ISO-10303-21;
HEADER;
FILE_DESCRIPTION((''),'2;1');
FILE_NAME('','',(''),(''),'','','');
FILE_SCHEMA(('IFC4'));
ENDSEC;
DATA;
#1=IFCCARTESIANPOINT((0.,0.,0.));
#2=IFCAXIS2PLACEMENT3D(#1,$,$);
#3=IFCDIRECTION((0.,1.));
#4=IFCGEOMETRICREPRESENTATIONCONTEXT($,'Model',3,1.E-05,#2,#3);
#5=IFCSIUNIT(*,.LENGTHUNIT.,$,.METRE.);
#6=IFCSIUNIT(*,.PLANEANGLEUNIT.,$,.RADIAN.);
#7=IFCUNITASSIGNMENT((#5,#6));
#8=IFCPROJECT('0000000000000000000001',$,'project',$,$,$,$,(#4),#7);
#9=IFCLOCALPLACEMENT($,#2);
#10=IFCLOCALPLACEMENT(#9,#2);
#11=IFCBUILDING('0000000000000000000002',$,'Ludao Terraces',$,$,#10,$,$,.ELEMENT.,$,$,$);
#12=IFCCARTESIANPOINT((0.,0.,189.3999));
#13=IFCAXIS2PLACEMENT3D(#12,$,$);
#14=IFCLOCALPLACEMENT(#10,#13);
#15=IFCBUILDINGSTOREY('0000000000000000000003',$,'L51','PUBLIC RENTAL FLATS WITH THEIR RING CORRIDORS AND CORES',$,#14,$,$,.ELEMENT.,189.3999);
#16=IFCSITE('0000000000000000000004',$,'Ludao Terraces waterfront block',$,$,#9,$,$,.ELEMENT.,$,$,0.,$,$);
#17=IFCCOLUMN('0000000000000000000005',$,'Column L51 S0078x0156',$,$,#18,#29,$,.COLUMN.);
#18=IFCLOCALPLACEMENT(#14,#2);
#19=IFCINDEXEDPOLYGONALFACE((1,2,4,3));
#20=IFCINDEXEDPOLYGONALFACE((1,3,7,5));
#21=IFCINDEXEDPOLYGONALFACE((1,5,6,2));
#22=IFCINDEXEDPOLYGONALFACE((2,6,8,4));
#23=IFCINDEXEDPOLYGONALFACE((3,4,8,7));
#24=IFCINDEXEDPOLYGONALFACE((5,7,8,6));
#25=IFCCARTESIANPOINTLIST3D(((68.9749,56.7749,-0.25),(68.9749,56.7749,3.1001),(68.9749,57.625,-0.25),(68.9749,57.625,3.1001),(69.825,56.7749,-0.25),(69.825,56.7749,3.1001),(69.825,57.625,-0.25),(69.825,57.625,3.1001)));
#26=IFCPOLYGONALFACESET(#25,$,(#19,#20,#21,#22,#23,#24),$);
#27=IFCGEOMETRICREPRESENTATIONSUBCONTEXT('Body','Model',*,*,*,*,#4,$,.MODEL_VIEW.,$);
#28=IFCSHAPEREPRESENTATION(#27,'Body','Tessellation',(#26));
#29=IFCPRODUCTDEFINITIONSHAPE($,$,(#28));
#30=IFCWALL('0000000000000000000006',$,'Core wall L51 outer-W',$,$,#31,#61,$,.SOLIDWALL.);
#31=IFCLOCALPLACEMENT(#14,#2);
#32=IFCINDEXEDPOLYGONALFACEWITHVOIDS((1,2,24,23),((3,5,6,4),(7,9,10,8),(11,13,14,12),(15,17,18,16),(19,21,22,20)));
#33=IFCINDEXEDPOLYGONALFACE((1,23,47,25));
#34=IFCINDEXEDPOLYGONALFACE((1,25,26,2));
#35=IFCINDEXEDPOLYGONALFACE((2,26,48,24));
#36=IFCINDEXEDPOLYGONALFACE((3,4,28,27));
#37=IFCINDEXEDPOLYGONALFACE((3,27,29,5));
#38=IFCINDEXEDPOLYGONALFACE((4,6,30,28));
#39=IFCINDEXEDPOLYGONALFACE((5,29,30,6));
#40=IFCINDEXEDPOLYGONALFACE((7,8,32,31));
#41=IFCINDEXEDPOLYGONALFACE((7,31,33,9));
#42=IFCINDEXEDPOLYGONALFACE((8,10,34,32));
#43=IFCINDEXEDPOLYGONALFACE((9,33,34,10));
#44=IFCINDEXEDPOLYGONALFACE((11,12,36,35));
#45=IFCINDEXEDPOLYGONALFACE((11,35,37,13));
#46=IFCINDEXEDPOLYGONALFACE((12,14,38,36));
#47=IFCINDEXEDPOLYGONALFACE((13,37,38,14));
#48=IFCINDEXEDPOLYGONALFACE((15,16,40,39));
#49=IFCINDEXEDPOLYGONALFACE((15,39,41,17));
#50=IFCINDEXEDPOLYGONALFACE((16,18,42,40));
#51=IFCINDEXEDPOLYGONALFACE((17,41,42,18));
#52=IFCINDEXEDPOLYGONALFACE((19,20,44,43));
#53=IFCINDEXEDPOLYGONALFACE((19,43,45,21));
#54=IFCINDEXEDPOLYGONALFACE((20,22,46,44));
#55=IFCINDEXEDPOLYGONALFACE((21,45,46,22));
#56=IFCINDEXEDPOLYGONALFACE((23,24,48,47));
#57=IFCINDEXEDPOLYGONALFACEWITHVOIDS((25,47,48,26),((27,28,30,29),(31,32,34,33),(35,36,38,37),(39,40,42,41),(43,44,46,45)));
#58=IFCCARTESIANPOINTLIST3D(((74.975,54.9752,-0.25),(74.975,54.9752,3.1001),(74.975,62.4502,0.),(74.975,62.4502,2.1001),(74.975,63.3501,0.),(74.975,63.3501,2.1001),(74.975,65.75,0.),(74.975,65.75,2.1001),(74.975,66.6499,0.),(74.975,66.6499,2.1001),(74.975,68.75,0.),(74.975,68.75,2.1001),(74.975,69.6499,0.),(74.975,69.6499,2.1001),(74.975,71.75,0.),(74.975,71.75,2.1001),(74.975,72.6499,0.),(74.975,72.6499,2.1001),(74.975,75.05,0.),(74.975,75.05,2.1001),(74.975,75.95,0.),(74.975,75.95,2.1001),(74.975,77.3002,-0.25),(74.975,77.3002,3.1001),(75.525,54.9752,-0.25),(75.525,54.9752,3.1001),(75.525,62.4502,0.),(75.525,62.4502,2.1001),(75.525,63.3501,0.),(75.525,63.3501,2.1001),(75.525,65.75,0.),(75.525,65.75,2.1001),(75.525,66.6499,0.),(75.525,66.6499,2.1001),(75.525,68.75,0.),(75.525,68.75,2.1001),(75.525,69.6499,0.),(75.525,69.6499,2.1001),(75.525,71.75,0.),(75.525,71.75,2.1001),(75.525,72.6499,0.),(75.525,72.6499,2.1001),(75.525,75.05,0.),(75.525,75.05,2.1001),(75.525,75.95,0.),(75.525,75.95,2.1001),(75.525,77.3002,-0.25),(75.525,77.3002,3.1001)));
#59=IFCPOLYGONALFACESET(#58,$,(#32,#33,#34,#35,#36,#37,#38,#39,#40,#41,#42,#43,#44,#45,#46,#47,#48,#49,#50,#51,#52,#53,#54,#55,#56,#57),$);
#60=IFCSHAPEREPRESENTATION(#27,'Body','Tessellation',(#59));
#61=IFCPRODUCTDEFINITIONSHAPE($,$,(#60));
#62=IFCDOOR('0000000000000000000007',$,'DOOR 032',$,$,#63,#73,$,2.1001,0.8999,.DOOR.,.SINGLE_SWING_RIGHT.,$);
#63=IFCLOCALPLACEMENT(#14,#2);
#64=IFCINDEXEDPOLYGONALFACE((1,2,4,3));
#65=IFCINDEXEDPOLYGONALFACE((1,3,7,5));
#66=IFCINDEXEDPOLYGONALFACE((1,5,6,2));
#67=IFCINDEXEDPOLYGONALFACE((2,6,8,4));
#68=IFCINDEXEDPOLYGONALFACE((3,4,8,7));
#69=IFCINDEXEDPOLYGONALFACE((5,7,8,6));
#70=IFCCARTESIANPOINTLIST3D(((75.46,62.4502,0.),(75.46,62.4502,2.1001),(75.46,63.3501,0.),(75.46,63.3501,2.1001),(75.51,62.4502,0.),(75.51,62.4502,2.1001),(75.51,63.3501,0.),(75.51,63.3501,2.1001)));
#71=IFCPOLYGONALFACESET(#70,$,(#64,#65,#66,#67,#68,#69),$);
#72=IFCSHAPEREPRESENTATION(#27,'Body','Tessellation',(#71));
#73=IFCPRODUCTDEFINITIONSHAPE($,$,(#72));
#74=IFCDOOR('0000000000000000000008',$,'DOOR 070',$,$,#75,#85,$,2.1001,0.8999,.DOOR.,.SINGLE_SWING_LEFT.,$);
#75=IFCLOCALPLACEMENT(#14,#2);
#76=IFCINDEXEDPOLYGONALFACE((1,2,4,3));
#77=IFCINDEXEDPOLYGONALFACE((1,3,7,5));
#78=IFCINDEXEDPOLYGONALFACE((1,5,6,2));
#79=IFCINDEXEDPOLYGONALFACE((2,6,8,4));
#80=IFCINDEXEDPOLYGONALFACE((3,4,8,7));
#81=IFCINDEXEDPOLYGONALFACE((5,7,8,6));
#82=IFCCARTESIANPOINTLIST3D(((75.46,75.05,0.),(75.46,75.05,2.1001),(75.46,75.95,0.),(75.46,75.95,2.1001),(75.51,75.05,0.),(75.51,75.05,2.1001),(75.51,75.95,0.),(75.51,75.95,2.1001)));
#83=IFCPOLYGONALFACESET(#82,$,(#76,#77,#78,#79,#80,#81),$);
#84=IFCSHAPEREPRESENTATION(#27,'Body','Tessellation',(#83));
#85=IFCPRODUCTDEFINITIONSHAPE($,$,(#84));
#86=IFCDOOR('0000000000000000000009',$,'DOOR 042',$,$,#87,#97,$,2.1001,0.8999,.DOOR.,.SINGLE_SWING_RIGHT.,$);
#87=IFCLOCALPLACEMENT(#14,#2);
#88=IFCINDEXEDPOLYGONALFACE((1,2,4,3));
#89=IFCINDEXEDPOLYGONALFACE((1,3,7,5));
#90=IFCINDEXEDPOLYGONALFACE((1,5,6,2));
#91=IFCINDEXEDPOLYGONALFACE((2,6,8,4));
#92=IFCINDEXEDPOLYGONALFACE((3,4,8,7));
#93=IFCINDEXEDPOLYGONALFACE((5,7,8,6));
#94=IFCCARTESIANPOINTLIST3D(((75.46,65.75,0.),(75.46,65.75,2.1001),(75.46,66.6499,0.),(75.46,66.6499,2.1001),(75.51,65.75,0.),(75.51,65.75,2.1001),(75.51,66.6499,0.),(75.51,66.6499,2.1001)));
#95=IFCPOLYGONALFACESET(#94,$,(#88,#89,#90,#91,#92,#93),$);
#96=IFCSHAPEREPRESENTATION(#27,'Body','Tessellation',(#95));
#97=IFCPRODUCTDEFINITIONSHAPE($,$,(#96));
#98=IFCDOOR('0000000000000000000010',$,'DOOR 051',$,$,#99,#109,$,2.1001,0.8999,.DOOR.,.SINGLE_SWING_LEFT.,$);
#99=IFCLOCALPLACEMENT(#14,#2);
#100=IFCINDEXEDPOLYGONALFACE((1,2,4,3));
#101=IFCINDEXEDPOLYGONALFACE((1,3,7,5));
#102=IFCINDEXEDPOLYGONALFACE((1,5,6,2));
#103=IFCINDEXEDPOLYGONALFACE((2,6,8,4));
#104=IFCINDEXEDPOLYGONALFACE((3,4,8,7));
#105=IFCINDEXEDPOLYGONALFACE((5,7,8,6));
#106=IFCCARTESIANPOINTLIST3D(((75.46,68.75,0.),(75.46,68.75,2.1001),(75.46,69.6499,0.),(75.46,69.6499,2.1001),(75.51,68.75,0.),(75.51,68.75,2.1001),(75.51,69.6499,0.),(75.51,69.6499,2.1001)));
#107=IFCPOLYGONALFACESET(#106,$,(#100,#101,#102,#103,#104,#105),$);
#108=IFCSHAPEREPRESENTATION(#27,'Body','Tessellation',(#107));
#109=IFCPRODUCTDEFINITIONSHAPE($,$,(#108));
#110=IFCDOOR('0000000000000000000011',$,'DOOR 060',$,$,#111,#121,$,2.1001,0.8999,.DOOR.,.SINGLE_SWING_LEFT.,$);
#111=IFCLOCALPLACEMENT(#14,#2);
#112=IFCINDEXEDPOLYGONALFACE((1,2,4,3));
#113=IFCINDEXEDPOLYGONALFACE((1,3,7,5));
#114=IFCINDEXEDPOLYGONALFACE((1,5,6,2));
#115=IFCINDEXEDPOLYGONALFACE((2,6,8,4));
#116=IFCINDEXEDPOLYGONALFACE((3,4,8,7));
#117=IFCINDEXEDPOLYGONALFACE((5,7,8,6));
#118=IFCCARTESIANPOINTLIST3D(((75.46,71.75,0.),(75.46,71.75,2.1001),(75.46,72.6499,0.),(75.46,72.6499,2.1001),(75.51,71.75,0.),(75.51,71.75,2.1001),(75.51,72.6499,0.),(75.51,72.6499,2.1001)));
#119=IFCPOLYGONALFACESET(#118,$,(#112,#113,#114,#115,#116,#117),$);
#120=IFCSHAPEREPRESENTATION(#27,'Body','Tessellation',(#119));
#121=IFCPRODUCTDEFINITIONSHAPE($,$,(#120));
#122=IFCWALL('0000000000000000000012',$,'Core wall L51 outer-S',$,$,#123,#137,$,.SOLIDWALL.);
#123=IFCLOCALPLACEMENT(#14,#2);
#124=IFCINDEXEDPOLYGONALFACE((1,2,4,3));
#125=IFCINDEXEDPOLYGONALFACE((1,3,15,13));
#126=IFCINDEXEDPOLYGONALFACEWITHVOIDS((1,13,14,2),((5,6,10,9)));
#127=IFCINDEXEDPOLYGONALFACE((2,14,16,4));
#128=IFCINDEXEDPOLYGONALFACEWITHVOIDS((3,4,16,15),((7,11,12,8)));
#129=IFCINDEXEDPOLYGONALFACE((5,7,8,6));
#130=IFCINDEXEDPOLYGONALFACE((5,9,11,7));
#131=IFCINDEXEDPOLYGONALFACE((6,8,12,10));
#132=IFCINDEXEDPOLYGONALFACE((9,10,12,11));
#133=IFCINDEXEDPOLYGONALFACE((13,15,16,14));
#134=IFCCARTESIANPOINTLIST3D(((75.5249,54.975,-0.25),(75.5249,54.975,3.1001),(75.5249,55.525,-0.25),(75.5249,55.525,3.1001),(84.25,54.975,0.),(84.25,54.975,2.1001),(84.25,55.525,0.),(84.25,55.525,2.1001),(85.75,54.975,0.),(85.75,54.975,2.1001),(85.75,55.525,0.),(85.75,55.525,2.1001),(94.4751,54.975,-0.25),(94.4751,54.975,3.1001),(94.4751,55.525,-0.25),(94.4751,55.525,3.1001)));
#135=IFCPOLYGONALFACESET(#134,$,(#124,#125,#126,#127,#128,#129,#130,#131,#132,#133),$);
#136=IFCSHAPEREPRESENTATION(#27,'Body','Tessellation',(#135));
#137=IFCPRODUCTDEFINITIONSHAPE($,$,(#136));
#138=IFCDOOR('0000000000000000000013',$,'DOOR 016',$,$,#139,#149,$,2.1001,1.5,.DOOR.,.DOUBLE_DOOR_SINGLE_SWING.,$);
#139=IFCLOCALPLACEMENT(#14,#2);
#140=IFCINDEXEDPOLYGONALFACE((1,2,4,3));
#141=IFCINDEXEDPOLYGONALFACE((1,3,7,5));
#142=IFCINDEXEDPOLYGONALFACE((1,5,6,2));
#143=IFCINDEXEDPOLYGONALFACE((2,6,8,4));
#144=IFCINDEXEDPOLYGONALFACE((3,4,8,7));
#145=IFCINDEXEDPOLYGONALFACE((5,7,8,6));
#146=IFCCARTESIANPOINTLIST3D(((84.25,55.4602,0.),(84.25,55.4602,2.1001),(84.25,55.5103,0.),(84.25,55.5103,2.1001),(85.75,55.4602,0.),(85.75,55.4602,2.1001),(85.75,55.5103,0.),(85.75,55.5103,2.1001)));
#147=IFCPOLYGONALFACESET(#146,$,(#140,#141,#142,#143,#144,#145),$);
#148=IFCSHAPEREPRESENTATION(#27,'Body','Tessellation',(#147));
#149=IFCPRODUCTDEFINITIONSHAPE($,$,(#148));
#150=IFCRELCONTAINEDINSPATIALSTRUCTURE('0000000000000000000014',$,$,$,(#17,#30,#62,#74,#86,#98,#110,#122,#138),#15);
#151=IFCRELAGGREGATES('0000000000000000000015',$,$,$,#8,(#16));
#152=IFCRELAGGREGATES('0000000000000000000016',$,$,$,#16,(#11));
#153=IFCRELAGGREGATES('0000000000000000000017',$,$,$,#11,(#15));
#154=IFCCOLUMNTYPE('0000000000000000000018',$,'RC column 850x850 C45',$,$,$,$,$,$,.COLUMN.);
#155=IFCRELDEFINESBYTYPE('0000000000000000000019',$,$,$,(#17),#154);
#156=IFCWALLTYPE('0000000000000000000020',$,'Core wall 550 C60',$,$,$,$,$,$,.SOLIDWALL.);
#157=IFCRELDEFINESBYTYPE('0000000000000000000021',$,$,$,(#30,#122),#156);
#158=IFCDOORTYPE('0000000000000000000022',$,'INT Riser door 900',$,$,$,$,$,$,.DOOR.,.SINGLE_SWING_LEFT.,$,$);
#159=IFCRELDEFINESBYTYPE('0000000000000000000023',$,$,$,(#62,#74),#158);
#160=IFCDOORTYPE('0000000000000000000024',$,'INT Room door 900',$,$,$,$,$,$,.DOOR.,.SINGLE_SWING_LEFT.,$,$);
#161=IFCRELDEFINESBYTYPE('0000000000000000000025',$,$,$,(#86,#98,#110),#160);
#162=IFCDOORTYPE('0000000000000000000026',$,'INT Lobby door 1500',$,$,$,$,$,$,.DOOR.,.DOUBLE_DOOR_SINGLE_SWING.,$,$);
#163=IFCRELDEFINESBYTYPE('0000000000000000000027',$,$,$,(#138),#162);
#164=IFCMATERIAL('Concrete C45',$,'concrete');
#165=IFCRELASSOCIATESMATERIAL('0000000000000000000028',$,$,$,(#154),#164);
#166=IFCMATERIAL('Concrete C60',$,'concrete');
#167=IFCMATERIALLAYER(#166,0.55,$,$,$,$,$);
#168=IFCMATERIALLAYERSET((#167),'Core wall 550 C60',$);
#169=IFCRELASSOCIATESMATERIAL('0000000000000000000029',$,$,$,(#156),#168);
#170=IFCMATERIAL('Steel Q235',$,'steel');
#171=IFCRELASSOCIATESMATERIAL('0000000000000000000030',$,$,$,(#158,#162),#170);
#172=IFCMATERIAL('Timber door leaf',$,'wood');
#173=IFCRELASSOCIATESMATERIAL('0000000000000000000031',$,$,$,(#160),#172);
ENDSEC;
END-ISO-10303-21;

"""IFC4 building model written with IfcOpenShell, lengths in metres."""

from ifc_helpers import new_model, si_unit, direction, frame, frame_2d, origin, origin_2d, place, context, subcontext, project, spatial, rectangle, extrude, material, layer, layer_set, material_profile, profile_set, type_object, element, fill, save


model = new_model("IFC4")

# Units and contexts
model_context = context("Model", 3, precision=1e-05, world=origin(), true_north=direction((0.0, 1.0)))
body_context = subcontext(model_context, "Body", "Model", "MODEL_VIEW")
ifc_project = project(units=[si_unit("LENGTHUNIT", "METRE"), si_unit("PLANEANGLEUNIT", "RADIAN")], contexts=[model_context])

# Site, building, storey
site_placement = place(None, origin())
site = spatial("IfcSite", under=ifc_project, at=site_placement, Name="Ludao Terraces waterfront block", CompositionType="ELEMENT", RefElevation=0.0)
building_placement = place(site_placement, origin())
building = spatial("IfcBuilding", under=site, at=building_placement, Name="Ludao Terraces", CompositionType="ELEMENT")
storey_placement = place(building_placement, frame((0.0, 0.0, 189.3999)))
storey = spatial("IfcBuildingStorey", under=building, at=storey_placement, Name="L51", Description="PUBLIC RENTAL FLATS WITH THEIR RING CORRIDORS AND CORES", CompositionType="ELEMENT", Elevation=189.3999)

# Column
ifc_material_1 = material(Name="Concrete C45", Category="concrete")
ifc_material_profile = material_profile(ifc_material_1, rectangle(XDim=0.8501, YDim=0.8501, at=origin_2d()), Name="850 X 850")
ifc_profile_set = profile_set([ifc_material_profile], Name="Concrete C45")
column_type = type_object("IfcColumnType", Name="RC column 850x850 C45", PredefinedType="COLUMN", material=ifc_profile_set)
column_placement = place(storey_placement, frame((69.3999, 57.2, -0.25), z_axis=(0.0, 0.0, 1.0), x_axis=(1.0, 0.0, 0.0)))
element("IfcColumn", 1, at=column_placement, inside=storey, type_object=column_type, Name="Column L51 S0078x0156", PredefinedType="COLUMN", context=body_context, shape_type="SweptSolid", body=[
    extrude(rectangle(XDim=0.8501, YDim=0.8501, at=origin_2d()), origin(), (0.0, 0.0, 1.0), 3.3501),
])

# Wall, openings, doors
ifc_material_2 = material(Name="Concrete C60", Category="concrete")
ifc_layer_1 = layer(ifc_material_2, 0.55)
ifc_layer_set_1 = layer_set([ifc_layer_1], Name="Core wall 550 C60")
wall_type_1 = type_object("IfcWallType", Name="Core wall 550 C60", PredefinedType="SOLIDWALL", material=ifc_layer_set_1)
wall_1_placement = place(storey_placement, frame((75.25, 54.9751, -0.25), z_axis=(0.0, 0.0, 1.0), x_axis=(0.0, 1.0, 0.0)))
wall_1 = element("IfcWall", 2, at=wall_1_placement, inside=storey, type_object=wall_type_1, Name="Core wall L51 outer-W", PredefinedType="SOLIDWALL", context=body_context, shape_type="SweptSolid", body=[
    extrude(rectangle(XDim=22.325, YDim=0.55, at=frame_2d((11.1626, 0.0))), origin(), (0.0, 0.0, 1.0), 3.3501),
])
opening_1_placement = place(wall_1_placement, frame((7.4751, 0.0, 0.25)))
opening_1 = element("IfcOpeningElement", 3, at=opening_1_placement, cuts=wall_1, PredefinedType="OPENING", context=body_context, shape_type="SweptSolid", body=[
    extrude(rectangle(XDim=0.8999, YDim=2.1001, at=frame_2d((0.45, 1.05))), frame((0.0, 0.2852, 0.0), z_axis=(0.0, -1.0, 0.0), x_axis=(1.0, 0.0, 0.0)), (0.0, 0.0, 1.0), 0.5701),
])
opening_2_placement = place(wall_1_placement, frame((10.7749, 0.0, 0.25)))
opening_2 = element("IfcOpeningElement", 4, at=opening_2_placement, cuts=wall_1, PredefinedType="OPENING", context=body_context, shape_type="SweptSolid", body=[
    extrude(rectangle(XDim=0.8999, YDim=2.1001, at=frame_2d((0.45, 1.05))), frame((0.0, 0.2852, 0.0), z_axis=(0.0, -1.0, 0.0), x_axis=(1.0, 0.0, 0.0)), (0.0, 0.0, 1.0), 0.5701),
])
opening_3_placement = place(wall_1_placement, frame((13.7749, 0.0, 0.25)))
opening_3 = element("IfcOpeningElement", 5, at=opening_3_placement, cuts=wall_1, PredefinedType="OPENING", context=body_context, shape_type="SweptSolid", body=[
    extrude(rectangle(XDim=0.8999, YDim=2.1001, at=frame_2d((0.45, 1.05))), frame((0.0, 0.2852, 0.0), z_axis=(0.0, -1.0, 0.0), x_axis=(1.0, 0.0, 0.0)), (0.0, 0.0, 1.0), 0.5701),
])
opening_4_placement = place(wall_1_placement, frame((16.7749, 0.0, 0.25)))
opening_4 = element("IfcOpeningElement", 6, at=opening_4_placement, cuts=wall_1, PredefinedType="OPENING", context=body_context, shape_type="SweptSolid", body=[
    extrude(rectangle(XDim=0.8999, YDim=2.1001, at=frame_2d((0.45, 1.05))), frame((0.0, 0.2852, 0.0), z_axis=(0.0, -1.0, 0.0), x_axis=(1.0, 0.0, 0.0)), (0.0, 0.0, 1.0), 0.5701),
])
opening_5_placement = place(wall_1_placement, frame((20.075, 0.0, 0.25)))
opening_5 = element("IfcOpeningElement", 7, at=opening_5_placement, cuts=wall_1, PredefinedType="OPENING", context=body_context, shape_type="SweptSolid", body=[
    extrude(rectangle(XDim=0.8999, YDim=2.1001, at=frame_2d((0.45, 1.05))), frame((0.0, 0.2852, 0.0), z_axis=(0.0, -1.0, 0.0), x_axis=(1.0, 0.0, 0.0)), (0.0, 0.0, 1.0), 0.5701),
])
ifc_material_3 = material(Name="Steel Q235", Category="steel")
door_type_1 = type_object("IfcDoorType", Name="INT Riser door 900", OperationType="SINGLE_SWING_LEFT", PredefinedType="DOOR", material=ifc_material_3)
door_1_placement = place(opening_1_placement, origin())
door_1 = element("IfcDoor", 8, at=door_1_placement, inside=storey, type_object=door_type_1, Name="DOOR 032", OperationType="SINGLE_SWING_RIGHT", OverallHeight=2.1001, OverallWidth=0.8999, PredefinedType="DOOR", context=body_context, shape_type="SweptSolid", body=[
    extrude(rectangle(XDim=0.8999, YDim=2.1001, at=frame_2d((0.45, 1.05))), frame((0.0, -0.21, 0.0), z_axis=(0.0, -1.0, 0.0), x_axis=(1.0, 0.0, 0.0)), (0.0, 0.0, 1.0), 0.05),
])
fill(opening_1, door_1)
door_2_placement = place(opening_5_placement, origin())
door_2 = element("IfcDoor", 9, at=door_2_placement, inside=storey, type_object=door_type_1, Name="DOOR 070", OperationType="SINGLE_SWING_LEFT", OverallHeight=2.1001, OverallWidth=0.8999, PredefinedType="DOOR", context=body_context, shape_type="SweptSolid", body=[
    extrude(rectangle(XDim=0.8999, YDim=2.1001, at=frame_2d((0.45, 1.05))), frame((0.0, -0.21, 0.0), z_axis=(0.0, -1.0, 0.0), x_axis=(1.0, 0.0, 0.0)), (0.0, 0.0, 1.0), 0.05),
])
fill(opening_5, door_2)
ifc_material_4 = material(Name="Timber door leaf", Category="wood")
door_type_2 = type_object("IfcDoorType", Name="INT Room door 900", OperationType="SINGLE_SWING_LEFT", PredefinedType="DOOR", material=ifc_material_4)
door_3_placement = place(opening_2_placement, origin())
door_3 = element("IfcDoor", 10, at=door_3_placement, inside=storey, type_object=door_type_2, Name="DOOR 042", OperationType="SINGLE_SWING_RIGHT", OverallHeight=2.1001, OverallWidth=0.8999, PredefinedType="DOOR", context=body_context, shape_type="SweptSolid", body=[
    extrude(rectangle(XDim=0.8999, YDim=2.1001, at=frame_2d((0.45, 1.05))), frame((0.0, -0.21, 0.0), z_axis=(0.0, -1.0, 0.0), x_axis=(1.0, 0.0, 0.0)), (0.0, 0.0, 1.0), 0.05),
])
fill(opening_2, door_3)
door_4_placement = place(opening_3_placement, origin())
door_4 = element("IfcDoor", 11, at=door_4_placement, inside=storey, type_object=door_type_2, Name="DOOR 051", OperationType="SINGLE_SWING_LEFT", OverallHeight=2.1001, OverallWidth=0.8999, PredefinedType="DOOR", context=body_context, shape_type="SweptSolid", body=[
    extrude(rectangle(XDim=0.8999, YDim=2.1001, at=frame_2d((0.45, 1.05))), frame((0.0, -0.21, 0.0), z_axis=(0.0, -1.0, 0.0), x_axis=(1.0, 0.0, 0.0)), (0.0, 0.0, 1.0), 0.05),
])
fill(opening_3, door_4)
door_5_placement = place(opening_4_placement, origin())
door_5 = element("IfcDoor", 12, at=door_5_placement, inside=storey, type_object=door_type_2, Name="DOOR 060", OperationType="SINGLE_SWING_LEFT", OverallHeight=2.1001, OverallWidth=0.8999, PredefinedType="DOOR", context=body_context, shape_type="SweptSolid", body=[
    extrude(rectangle(XDim=0.8999, YDim=2.1001, at=frame_2d((0.45, 1.05))), frame((0.0, -0.21, 0.0), z_axis=(0.0, -1.0, 0.0), x_axis=(1.0, 0.0, 0.0)), (0.0, 0.0, 1.0), 0.05),
])
fill(opening_4, door_5)

# Wall, opening, door
wall_2_placement = place(storey_placement, frame((75.5249, 55.25, -0.25), z_axis=(0.0, 0.0, 1.0), x_axis=(1.0, 0.0, 0.0)))
wall_2 = element("IfcWall", 13, at=wall_2_placement, inside=storey, type_object=wall_type_1, Name="Core wall L51 outer-S", PredefinedType="SOLIDWALL", context=body_context, shape_type="SweptSolid", body=[
    extrude(rectangle(XDim=18.9502, YDim=0.55, at=frame_2d((9.4751, 0.0))), origin(), (0.0, 0.0, 1.0), 3.3501),
])
opening_6_placement = place(wall_2_placement, frame((8.7251, 0.0, 0.25)))
opening_6 = element("IfcOpeningElement", 14, at=opening_6_placement, cuts=wall_2, PredefinedType="OPENING", context=body_context, shape_type="SweptSolid", body=[
    extrude(rectangle(XDim=1.5, YDim=2.1001, at=frame_2d((0.75, 1.05))), frame((0.0, 0.2852, 0.0), z_axis=(0.0, -1.0, 0.0), x_axis=(1.0, 0.0, 0.0)), (0.0, 0.0, 1.0), 0.5701),
])
door_type_3 = type_object("IfcDoorType", Name="INT Lobby door 1500", OperationType="DOUBLE_DOOR_SINGLE_SWING", PredefinedType="DOOR", material=ifc_material_3)
door_6_placement = place(opening_6_placement, origin())
door_6 = element("IfcDoor", 15, at=door_6_placement, inside=storey, type_object=door_type_3, Name="DOOR 016", OperationType="DOUBLE_DOOR_SINGLE_SWING", OverallHeight=2.1001, OverallWidth=1.5, PredefinedType="DOOR", context=body_context, shape_type="SweptSolid", body=[
    extrude(rectangle(XDim=1.5, YDim=2.1001, at=frame_2d((0.75, 1.05))), frame((0.0, 0.2603, 0.0), z_axis=(0.0, -1.0, 0.0), x_axis=(1.0, 0.0, 0.0)), (0.0, 0.0, 1.0), 0.05),
])
fill(opening_6, door_6)

save(model, "model.ifc")
